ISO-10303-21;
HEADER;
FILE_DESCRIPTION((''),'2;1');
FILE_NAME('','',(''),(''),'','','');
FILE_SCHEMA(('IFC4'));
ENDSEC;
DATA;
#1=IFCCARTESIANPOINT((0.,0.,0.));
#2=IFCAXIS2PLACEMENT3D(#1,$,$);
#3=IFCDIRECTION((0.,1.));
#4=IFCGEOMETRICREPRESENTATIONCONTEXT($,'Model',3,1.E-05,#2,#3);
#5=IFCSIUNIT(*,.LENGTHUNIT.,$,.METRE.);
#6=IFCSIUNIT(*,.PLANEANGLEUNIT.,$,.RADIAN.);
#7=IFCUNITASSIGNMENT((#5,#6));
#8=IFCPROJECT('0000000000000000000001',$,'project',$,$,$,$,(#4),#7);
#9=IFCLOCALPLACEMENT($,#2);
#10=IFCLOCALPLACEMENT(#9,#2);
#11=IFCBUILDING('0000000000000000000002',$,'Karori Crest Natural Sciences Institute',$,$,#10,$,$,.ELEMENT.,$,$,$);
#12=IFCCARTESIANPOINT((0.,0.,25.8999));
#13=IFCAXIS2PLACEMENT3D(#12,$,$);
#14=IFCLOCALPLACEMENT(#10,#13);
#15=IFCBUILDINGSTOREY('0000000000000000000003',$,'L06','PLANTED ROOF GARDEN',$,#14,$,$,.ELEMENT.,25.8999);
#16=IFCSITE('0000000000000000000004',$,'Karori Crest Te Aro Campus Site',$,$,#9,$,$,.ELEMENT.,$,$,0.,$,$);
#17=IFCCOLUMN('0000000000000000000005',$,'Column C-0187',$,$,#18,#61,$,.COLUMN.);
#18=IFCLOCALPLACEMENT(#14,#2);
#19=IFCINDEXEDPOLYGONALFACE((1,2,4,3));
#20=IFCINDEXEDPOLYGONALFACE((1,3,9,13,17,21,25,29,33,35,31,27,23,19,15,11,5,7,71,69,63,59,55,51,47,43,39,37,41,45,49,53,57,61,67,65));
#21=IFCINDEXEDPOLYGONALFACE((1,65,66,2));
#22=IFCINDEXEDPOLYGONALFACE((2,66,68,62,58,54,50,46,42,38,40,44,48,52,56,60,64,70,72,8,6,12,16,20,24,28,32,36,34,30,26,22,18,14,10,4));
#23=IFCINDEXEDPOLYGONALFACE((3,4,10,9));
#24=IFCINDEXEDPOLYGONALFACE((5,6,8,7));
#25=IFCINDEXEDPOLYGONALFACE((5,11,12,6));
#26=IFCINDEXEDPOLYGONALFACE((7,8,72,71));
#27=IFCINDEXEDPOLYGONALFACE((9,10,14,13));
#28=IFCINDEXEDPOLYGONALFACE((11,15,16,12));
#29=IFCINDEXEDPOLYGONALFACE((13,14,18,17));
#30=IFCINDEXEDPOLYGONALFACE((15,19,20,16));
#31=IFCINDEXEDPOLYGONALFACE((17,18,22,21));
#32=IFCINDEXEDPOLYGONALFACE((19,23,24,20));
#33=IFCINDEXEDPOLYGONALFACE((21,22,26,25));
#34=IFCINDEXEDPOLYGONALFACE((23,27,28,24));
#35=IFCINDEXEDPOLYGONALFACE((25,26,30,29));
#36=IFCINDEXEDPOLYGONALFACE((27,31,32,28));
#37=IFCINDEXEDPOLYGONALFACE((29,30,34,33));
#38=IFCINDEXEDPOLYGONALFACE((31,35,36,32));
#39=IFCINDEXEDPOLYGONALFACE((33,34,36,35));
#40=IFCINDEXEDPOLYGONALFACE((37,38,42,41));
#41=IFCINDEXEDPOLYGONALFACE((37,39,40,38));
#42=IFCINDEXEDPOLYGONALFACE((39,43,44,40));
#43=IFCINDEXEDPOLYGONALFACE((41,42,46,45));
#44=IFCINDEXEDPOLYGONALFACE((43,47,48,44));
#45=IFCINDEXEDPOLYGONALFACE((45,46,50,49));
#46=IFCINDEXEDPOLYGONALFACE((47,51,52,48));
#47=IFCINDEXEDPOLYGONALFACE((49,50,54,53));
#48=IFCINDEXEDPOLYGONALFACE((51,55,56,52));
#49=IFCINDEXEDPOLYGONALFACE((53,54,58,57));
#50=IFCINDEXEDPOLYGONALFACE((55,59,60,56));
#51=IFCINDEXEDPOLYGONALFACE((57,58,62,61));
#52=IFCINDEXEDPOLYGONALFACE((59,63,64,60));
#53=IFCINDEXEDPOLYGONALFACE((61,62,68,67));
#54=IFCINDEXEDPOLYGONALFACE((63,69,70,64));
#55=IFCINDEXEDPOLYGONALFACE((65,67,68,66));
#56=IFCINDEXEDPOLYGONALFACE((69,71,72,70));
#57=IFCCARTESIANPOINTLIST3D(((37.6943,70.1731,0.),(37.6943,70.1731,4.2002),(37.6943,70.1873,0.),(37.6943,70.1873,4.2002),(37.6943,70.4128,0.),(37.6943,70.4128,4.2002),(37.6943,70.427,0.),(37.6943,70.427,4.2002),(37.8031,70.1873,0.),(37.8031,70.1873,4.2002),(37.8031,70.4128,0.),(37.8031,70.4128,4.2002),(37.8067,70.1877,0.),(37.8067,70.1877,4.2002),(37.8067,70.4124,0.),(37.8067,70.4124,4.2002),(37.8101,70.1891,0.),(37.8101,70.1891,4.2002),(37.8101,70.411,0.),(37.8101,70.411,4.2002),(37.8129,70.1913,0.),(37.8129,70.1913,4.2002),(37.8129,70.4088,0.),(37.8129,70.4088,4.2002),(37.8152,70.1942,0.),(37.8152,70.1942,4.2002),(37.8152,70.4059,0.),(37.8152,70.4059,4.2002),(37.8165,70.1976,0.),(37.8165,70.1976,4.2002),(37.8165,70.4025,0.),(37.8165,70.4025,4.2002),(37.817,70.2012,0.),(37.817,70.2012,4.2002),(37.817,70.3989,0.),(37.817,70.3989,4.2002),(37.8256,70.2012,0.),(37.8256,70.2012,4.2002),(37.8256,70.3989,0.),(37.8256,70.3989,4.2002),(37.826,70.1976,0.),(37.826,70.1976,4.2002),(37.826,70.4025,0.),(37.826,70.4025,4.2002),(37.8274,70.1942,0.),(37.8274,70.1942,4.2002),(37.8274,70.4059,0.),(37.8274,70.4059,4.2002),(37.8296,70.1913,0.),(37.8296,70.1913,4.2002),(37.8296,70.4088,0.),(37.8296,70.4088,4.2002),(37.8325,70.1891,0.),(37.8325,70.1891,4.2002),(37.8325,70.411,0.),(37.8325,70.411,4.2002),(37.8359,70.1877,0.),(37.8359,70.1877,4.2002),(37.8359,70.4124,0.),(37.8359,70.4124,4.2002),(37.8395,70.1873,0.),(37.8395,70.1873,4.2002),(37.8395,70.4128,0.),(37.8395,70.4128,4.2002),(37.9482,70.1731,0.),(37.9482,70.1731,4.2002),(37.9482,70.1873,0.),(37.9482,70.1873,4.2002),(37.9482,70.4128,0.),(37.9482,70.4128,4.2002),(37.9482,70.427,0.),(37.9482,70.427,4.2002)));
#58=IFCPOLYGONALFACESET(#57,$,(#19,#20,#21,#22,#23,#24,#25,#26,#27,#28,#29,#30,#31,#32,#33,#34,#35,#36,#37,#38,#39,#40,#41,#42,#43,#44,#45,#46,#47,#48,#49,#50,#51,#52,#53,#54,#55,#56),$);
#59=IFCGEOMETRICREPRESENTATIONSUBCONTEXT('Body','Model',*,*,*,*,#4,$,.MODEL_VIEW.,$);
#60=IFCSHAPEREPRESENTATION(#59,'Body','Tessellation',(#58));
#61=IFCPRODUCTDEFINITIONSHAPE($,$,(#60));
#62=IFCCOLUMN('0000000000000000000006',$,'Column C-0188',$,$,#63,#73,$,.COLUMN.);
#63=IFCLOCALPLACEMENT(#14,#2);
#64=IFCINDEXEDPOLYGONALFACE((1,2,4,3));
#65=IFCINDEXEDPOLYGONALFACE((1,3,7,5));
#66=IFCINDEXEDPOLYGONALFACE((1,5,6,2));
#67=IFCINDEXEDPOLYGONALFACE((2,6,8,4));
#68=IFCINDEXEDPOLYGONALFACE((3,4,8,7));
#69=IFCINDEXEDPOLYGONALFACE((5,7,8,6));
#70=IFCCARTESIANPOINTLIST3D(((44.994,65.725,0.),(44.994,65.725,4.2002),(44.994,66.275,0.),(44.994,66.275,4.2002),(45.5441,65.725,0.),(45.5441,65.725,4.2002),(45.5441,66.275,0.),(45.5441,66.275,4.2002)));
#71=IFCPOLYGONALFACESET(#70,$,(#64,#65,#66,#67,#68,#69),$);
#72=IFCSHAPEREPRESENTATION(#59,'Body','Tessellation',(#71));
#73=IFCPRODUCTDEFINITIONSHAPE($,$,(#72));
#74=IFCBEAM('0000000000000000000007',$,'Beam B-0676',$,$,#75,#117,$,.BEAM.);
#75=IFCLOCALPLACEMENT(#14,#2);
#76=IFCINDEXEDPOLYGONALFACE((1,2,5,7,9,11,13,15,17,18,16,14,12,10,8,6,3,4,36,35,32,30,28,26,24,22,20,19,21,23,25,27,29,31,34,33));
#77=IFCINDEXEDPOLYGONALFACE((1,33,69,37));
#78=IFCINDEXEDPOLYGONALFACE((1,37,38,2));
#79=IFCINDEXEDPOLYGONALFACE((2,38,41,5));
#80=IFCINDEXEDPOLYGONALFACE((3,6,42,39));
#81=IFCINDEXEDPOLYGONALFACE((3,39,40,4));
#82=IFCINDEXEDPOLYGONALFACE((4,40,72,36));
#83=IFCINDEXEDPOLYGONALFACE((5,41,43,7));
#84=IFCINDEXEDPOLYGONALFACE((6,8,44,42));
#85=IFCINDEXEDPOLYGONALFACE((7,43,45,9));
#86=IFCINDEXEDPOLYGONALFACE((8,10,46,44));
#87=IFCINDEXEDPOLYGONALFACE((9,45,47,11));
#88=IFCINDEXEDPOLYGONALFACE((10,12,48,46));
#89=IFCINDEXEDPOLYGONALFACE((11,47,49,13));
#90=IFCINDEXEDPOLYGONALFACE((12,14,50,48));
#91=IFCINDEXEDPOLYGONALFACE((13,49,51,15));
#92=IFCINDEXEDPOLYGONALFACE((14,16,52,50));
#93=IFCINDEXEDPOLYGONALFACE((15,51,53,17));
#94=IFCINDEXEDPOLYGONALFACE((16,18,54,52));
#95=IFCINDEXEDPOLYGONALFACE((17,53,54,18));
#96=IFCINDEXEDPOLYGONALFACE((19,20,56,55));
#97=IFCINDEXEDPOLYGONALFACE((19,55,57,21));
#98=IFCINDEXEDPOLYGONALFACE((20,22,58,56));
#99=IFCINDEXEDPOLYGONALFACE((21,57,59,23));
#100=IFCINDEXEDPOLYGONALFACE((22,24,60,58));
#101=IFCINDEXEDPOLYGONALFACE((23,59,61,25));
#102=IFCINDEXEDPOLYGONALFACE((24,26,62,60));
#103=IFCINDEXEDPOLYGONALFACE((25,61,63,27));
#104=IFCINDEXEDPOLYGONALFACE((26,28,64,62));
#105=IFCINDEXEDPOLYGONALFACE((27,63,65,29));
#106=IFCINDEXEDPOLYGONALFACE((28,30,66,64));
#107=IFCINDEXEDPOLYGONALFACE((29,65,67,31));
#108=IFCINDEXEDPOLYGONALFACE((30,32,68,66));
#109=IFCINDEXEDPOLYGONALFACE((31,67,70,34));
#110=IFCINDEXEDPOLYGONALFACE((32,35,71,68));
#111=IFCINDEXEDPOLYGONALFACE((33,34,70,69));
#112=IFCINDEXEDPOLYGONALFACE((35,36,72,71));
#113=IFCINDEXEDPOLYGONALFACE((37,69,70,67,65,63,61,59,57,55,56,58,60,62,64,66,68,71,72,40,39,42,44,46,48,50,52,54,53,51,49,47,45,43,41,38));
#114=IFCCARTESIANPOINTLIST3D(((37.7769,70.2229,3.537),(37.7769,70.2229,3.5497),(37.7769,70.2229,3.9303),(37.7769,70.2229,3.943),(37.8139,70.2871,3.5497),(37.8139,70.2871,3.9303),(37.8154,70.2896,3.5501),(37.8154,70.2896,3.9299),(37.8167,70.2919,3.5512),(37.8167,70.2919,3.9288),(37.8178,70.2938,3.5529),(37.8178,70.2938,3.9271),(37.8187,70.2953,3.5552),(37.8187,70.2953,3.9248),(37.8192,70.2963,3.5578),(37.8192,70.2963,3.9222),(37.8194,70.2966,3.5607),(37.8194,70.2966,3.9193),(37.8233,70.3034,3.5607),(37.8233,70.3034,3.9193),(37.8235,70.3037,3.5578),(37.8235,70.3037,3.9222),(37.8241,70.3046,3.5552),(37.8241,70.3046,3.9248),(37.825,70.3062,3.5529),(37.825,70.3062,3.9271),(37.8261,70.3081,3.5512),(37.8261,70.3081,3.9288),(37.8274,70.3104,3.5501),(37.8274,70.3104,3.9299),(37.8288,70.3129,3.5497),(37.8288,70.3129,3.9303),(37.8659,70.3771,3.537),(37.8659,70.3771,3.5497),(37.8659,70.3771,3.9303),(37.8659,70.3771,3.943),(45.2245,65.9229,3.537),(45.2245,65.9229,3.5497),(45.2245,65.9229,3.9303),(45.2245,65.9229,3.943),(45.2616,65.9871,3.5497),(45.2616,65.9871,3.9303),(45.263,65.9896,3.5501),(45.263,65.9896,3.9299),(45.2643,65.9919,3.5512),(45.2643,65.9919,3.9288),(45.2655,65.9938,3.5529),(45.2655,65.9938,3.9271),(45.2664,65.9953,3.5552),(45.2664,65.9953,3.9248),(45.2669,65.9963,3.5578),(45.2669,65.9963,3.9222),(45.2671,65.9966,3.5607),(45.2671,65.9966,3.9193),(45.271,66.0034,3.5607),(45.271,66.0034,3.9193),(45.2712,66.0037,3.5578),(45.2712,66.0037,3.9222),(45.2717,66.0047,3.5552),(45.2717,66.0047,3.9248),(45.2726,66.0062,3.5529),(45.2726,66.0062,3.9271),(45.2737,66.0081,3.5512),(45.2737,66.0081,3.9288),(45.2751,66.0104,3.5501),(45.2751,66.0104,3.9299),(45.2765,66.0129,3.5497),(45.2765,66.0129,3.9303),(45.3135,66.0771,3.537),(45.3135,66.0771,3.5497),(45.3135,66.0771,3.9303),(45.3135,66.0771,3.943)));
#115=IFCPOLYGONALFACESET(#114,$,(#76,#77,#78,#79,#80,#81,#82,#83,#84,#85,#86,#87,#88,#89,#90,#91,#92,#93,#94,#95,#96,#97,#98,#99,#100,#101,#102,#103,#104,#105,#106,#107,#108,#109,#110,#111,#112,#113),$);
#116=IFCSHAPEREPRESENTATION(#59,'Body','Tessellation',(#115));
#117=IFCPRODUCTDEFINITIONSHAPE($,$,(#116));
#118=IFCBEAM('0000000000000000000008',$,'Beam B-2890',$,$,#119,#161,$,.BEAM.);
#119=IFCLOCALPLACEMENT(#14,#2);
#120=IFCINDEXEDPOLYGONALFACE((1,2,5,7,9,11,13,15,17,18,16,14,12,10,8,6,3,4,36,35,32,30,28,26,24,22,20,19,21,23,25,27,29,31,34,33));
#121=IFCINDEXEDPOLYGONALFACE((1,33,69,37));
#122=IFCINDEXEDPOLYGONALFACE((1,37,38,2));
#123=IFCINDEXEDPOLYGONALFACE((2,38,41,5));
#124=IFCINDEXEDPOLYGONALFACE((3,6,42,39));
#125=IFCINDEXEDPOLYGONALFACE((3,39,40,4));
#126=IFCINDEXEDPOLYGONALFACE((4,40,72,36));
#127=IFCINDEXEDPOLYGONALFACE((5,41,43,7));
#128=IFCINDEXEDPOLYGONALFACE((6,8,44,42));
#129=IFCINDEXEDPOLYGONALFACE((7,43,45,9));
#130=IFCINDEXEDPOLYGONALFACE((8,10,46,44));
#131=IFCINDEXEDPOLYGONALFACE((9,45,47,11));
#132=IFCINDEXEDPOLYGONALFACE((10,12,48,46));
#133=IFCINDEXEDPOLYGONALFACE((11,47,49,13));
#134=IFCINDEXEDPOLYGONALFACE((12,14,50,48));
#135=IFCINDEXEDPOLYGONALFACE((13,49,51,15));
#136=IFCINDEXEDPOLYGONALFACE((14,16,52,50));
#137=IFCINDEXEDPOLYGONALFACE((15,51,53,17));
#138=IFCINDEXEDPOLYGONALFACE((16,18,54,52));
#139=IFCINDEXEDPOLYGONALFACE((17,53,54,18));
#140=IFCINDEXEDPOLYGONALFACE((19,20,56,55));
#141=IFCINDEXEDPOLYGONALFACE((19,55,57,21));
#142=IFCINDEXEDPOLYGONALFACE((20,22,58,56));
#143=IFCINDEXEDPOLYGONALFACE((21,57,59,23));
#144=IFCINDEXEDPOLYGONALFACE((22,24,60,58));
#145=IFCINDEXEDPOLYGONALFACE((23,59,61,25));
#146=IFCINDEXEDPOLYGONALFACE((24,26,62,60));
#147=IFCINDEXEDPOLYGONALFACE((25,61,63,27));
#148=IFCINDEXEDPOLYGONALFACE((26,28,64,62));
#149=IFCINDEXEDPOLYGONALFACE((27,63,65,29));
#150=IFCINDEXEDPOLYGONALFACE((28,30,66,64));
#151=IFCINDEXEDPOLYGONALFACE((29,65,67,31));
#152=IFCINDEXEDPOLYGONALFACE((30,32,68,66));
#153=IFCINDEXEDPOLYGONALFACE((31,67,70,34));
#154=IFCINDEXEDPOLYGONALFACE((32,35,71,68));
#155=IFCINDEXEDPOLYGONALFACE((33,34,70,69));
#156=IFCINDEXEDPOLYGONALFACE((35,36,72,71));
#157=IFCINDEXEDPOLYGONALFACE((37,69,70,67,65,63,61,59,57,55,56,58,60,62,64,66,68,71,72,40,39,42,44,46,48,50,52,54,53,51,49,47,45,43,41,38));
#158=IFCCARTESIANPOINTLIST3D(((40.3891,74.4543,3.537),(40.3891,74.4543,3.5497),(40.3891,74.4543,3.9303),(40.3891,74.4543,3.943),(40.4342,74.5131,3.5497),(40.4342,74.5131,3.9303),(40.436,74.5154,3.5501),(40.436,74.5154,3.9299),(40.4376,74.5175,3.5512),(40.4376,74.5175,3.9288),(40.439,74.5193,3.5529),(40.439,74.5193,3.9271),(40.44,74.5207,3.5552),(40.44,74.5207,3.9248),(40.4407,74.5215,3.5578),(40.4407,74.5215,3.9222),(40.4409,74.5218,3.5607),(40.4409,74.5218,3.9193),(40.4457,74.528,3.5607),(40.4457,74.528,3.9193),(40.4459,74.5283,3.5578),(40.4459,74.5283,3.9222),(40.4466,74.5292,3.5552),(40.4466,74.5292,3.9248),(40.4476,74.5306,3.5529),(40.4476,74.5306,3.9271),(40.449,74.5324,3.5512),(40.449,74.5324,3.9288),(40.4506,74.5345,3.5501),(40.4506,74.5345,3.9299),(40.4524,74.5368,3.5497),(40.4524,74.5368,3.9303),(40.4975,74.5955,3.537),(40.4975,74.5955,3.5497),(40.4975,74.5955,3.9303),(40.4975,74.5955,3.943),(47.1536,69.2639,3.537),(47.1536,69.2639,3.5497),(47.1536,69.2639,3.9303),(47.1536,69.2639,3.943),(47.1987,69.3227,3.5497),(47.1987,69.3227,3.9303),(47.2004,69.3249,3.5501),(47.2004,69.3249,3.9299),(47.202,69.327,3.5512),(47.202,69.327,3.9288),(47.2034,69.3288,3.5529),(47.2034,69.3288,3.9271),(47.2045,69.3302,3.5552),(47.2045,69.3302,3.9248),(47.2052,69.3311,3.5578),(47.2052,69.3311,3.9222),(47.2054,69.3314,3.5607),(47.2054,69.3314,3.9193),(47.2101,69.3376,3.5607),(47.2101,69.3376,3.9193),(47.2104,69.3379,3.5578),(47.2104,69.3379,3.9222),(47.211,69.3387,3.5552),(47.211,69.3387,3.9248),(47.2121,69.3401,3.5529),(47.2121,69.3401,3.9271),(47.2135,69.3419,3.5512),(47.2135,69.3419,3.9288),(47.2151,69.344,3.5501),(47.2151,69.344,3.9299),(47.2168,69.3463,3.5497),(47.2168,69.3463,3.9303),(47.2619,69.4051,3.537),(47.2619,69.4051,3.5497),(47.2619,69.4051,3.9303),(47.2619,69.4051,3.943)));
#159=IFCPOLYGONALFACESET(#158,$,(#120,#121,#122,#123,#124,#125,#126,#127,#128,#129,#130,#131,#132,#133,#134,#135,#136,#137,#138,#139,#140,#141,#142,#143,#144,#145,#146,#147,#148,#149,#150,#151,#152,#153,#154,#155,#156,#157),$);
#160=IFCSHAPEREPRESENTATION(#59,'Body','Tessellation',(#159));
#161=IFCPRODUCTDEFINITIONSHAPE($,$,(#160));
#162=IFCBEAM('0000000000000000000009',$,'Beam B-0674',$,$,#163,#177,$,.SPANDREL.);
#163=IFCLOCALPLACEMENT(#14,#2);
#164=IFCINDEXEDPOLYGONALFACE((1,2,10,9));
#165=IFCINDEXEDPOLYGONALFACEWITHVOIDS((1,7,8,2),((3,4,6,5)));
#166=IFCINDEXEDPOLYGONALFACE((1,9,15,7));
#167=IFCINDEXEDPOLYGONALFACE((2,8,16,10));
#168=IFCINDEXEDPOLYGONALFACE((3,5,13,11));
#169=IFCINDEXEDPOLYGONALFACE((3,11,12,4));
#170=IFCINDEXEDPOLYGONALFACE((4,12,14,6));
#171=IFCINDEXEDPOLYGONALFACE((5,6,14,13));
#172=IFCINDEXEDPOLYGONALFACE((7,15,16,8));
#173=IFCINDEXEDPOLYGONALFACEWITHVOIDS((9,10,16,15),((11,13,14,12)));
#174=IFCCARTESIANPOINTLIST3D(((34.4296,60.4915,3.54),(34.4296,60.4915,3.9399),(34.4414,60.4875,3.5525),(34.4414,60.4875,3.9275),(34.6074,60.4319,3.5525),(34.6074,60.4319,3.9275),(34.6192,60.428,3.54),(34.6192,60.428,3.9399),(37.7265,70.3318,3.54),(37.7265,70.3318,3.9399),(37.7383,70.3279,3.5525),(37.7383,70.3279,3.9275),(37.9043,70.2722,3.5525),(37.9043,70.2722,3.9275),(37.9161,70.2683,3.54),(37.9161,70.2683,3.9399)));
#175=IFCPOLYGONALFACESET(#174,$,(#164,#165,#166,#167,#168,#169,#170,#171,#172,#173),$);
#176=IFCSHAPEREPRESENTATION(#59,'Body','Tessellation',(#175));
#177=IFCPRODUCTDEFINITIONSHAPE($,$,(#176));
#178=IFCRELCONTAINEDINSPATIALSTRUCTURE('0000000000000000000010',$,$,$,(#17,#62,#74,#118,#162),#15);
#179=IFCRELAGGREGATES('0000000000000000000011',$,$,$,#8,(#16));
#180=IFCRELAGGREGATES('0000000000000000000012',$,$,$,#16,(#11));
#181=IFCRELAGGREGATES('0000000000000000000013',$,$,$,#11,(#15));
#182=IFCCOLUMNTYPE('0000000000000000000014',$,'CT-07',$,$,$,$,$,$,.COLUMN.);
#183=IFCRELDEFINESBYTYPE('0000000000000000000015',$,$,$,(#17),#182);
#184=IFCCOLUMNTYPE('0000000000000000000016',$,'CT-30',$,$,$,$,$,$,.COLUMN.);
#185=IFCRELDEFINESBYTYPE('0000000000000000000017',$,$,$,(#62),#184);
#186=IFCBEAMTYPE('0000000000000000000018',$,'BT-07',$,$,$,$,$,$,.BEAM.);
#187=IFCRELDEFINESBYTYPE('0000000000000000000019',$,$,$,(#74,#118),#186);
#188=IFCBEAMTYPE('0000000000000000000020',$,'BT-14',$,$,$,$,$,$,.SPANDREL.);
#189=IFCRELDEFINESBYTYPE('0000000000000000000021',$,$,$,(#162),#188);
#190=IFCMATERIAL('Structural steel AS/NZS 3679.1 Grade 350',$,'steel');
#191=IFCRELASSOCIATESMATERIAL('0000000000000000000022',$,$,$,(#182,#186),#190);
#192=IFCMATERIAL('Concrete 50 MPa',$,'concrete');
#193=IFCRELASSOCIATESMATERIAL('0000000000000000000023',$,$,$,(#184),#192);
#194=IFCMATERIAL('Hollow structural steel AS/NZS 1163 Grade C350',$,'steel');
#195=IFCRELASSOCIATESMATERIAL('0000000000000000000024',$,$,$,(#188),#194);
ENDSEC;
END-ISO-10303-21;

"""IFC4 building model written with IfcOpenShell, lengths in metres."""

from ifc_helpers import new_model, si_unit, direction, frame, origin, origin_2d, place, context, subcontext, project, spatial, rectangle, hollow_rectangle, i_section, extrude, material, material_profile, profile_set, type_object, element, save


model = new_model("IFC4")

# Units and contexts
model_context = context("Model", 3, precision=1e-05, world=origin(), true_north=direction((0.0, 1.0)))
body_context = subcontext(model_context, "Body", "Model", "MODEL_VIEW")
ifc_project = project(units=[si_unit("LENGTHUNIT", "METRE"), si_unit("PLANEANGLEUNIT", "RADIAN")], contexts=[model_context])

# Site, building, storey
site_placement = place(None, origin())
site = spatial("IfcSite", under=ifc_project, at=site_placement, Name="Karori Crest Te Aro Campus Site", CompositionType="ELEMENT", RefElevation=0.0)
building_placement = place(site_placement, origin())
building = spatial("IfcBuilding", under=site, at=building_placement, Name="Karori Crest Natural Sciences Institute", CompositionType="ELEMENT")
storey_placement = place(building_placement, frame((0.0, 0.0, 25.8999)))
storey = spatial("IfcBuildingStorey", under=building, at=storey_placement, Name="L06", Description="PLANTED ROOF GARDEN", CompositionType="ELEMENT", Elevation=25.8999)

# Columns
ifc_material_1 = material(Name="Structural steel AS/NZS 3679.1 Grade 350", Category="steel")
ifc_material_profile_1 = material_profile(ifc_material_1, i_section(OverallWidth=0.2539, OverallDepth=0.2539, WebThickness=0.0085, FlangeThickness=0.0142, FilletRadius=0.0139, at=origin_2d()), Name="250UC72.9")
ifc_profile_set_1 = profile_set([ifc_material_profile_1], Name="Structural steel AS/NZS 3679.1 Grade 350")
column_type_1 = type_object("IfcColumnType", Name="CT-07", PredefinedType="COLUMN", material=ifc_profile_set_1)
column_1_placement = place(storey_placement, frame((37.8213, 70.3, 0.0), z_axis=(0.0, 0.0, 1.0), x_axis=(1.0, 0.0, 0.0)))
element("IfcColumn", 1, at=column_1_placement, inside=storey, type_object=column_type_1, Name="Column C-0187", PredefinedType="COLUMN", context=body_context, shape_type="SweptSolid", body=[
    extrude(i_section(OverallWidth=0.2539, OverallDepth=0.2539, WebThickness=0.0085, FlangeThickness=0.0142, FilletRadius=0.0139, at=origin_2d()), origin(), (0.0, 0.0, 1.0), 4.2002),
])
ifc_material_2 = material(Name="Concrete 50 MPa", Category="concrete")
ifc_material_profile_2 = material_profile(ifc_material_2, rectangle(XDim=0.55, YDim=0.55, at=origin_2d()), Name="RC550x550")
ifc_profile_set_2 = profile_set([ifc_material_profile_2], Name="Concrete 50 MPa")
column_type_2 = type_object("IfcColumnType", Name="CT-30", PredefinedType="COLUMN", material=ifc_profile_set_2)
column_2_placement = place(storey_placement, frame((45.269, 66.0, 0.0), z_axis=(0.0, 0.0, 1.0), x_axis=(1.0, 0.0, 0.0)))
element("IfcColumn", 2, at=column_2_placement, inside=storey, type_object=column_type_2, Name="Column C-0188", PredefinedType="COLUMN", context=body_context, shape_type="SweptSolid", body=[
    extrude(rectangle(XDim=0.55, YDim=0.55, at=origin_2d()), origin(), (0.0, 0.0, 1.0), 4.2002),
])

# Beams
ifc_material_profile_3 = material_profile(ifc_material_1, i_section(OverallWidth=0.178, OverallDepth=0.406, WebThickness=0.0078, FlangeThickness=0.0127, FilletRadius=0.011, at=origin_2d()), Name="410UB59.7")
ifc_profile_set_3 = profile_set([ifc_material_profile_3], Name="Structural steel AS/NZS 3679.1 Grade 350")
beam_type_1 = type_object("IfcBeamType", Name="BT-07", PredefinedType="BEAM", material=ifc_profile_set_3)
beam_1_placement = place(storey_placement, frame((45.269, 66.0, 3.74), z_axis=(-0.866021, 0.500008, 0.0), x_axis=(-0.500008, -0.866021, 0.0)))
element("IfcBeam", 3, at=beam_1_placement, inside=storey, type_object=beam_type_1, Name="Beam B-0676", PredefinedType="BEAM", context=body_context, shape_type="SweptSolid", body=[
    extrude(i_section(OverallWidth=0.178, OverallDepth=0.406, WebThickness=0.0078, FlangeThickness=0.0127, FilletRadius=0.011, at=origin_2d()), origin(), (0.0, 0.0, 1.0), 8.5999),
])
beam_2_placement = place(storey_placement, frame((47.2078, 69.3345, 3.74), z_axis=(-0.793358, 0.608756, 0.0), x_axis=(-0.608756, -0.793358, 0.0)))
element("IfcBeam", 4, at=beam_2_placement, inside=storey, type_object=beam_type_1, Name="Beam B-2890", PredefinedType="BEAM", context=body_context, shape_type="SweptSolid", body=[
    extrude(i_section(OverallWidth=0.178, OverallDepth=0.406, WebThickness=0.0078, FlangeThickness=0.0127, FilletRadius=0.011, at=origin_2d()), origin(), (0.0, 0.0, 1.0), 8.5264),
])
ifc_material_3 = material(Name="Hollow structural steel AS/NZS 1163 Grade C350", Category="steel")
ifc_material_profile_4 = material_profile(ifc_material_3, hollow_rectangle(XDim=0.2, YDim=0.3999, WallThickness=0.0125, at=origin_2d()), Name="RHS400x200x12.5")
ifc_profile_set_4 = profile_set([ifc_material_profile_4], Name="Hollow structural steel AS/NZS 1163 Grade C350")
beam_type_2 = type_object("IfcBeamType", Name="BT-14", PredefinedType="SPANDREL", material=ifc_profile_set_4)
beam_3_placement = place(storey_placement, frame((37.8213, 70.3, 3.74), z_axis=(-0.317681, -0.948198, 0.0), x_axis=(0.948198, -0.317681, 0.0)))
element("IfcBeam", 5, at=beam_3_placement, inside=storey, type_object=beam_type_2, Name="Beam B-0674", PredefinedType="SPANDREL", context=body_context, shape_type="SweptSolid", body=[
    extrude(hollow_rectangle(XDim=0.2, YDim=0.3999, WallThickness=0.0125, at=origin_2d()), origin(), (0.0, 0.0, 1.0), 10.3779),
])

save(model, "model.ifc")
